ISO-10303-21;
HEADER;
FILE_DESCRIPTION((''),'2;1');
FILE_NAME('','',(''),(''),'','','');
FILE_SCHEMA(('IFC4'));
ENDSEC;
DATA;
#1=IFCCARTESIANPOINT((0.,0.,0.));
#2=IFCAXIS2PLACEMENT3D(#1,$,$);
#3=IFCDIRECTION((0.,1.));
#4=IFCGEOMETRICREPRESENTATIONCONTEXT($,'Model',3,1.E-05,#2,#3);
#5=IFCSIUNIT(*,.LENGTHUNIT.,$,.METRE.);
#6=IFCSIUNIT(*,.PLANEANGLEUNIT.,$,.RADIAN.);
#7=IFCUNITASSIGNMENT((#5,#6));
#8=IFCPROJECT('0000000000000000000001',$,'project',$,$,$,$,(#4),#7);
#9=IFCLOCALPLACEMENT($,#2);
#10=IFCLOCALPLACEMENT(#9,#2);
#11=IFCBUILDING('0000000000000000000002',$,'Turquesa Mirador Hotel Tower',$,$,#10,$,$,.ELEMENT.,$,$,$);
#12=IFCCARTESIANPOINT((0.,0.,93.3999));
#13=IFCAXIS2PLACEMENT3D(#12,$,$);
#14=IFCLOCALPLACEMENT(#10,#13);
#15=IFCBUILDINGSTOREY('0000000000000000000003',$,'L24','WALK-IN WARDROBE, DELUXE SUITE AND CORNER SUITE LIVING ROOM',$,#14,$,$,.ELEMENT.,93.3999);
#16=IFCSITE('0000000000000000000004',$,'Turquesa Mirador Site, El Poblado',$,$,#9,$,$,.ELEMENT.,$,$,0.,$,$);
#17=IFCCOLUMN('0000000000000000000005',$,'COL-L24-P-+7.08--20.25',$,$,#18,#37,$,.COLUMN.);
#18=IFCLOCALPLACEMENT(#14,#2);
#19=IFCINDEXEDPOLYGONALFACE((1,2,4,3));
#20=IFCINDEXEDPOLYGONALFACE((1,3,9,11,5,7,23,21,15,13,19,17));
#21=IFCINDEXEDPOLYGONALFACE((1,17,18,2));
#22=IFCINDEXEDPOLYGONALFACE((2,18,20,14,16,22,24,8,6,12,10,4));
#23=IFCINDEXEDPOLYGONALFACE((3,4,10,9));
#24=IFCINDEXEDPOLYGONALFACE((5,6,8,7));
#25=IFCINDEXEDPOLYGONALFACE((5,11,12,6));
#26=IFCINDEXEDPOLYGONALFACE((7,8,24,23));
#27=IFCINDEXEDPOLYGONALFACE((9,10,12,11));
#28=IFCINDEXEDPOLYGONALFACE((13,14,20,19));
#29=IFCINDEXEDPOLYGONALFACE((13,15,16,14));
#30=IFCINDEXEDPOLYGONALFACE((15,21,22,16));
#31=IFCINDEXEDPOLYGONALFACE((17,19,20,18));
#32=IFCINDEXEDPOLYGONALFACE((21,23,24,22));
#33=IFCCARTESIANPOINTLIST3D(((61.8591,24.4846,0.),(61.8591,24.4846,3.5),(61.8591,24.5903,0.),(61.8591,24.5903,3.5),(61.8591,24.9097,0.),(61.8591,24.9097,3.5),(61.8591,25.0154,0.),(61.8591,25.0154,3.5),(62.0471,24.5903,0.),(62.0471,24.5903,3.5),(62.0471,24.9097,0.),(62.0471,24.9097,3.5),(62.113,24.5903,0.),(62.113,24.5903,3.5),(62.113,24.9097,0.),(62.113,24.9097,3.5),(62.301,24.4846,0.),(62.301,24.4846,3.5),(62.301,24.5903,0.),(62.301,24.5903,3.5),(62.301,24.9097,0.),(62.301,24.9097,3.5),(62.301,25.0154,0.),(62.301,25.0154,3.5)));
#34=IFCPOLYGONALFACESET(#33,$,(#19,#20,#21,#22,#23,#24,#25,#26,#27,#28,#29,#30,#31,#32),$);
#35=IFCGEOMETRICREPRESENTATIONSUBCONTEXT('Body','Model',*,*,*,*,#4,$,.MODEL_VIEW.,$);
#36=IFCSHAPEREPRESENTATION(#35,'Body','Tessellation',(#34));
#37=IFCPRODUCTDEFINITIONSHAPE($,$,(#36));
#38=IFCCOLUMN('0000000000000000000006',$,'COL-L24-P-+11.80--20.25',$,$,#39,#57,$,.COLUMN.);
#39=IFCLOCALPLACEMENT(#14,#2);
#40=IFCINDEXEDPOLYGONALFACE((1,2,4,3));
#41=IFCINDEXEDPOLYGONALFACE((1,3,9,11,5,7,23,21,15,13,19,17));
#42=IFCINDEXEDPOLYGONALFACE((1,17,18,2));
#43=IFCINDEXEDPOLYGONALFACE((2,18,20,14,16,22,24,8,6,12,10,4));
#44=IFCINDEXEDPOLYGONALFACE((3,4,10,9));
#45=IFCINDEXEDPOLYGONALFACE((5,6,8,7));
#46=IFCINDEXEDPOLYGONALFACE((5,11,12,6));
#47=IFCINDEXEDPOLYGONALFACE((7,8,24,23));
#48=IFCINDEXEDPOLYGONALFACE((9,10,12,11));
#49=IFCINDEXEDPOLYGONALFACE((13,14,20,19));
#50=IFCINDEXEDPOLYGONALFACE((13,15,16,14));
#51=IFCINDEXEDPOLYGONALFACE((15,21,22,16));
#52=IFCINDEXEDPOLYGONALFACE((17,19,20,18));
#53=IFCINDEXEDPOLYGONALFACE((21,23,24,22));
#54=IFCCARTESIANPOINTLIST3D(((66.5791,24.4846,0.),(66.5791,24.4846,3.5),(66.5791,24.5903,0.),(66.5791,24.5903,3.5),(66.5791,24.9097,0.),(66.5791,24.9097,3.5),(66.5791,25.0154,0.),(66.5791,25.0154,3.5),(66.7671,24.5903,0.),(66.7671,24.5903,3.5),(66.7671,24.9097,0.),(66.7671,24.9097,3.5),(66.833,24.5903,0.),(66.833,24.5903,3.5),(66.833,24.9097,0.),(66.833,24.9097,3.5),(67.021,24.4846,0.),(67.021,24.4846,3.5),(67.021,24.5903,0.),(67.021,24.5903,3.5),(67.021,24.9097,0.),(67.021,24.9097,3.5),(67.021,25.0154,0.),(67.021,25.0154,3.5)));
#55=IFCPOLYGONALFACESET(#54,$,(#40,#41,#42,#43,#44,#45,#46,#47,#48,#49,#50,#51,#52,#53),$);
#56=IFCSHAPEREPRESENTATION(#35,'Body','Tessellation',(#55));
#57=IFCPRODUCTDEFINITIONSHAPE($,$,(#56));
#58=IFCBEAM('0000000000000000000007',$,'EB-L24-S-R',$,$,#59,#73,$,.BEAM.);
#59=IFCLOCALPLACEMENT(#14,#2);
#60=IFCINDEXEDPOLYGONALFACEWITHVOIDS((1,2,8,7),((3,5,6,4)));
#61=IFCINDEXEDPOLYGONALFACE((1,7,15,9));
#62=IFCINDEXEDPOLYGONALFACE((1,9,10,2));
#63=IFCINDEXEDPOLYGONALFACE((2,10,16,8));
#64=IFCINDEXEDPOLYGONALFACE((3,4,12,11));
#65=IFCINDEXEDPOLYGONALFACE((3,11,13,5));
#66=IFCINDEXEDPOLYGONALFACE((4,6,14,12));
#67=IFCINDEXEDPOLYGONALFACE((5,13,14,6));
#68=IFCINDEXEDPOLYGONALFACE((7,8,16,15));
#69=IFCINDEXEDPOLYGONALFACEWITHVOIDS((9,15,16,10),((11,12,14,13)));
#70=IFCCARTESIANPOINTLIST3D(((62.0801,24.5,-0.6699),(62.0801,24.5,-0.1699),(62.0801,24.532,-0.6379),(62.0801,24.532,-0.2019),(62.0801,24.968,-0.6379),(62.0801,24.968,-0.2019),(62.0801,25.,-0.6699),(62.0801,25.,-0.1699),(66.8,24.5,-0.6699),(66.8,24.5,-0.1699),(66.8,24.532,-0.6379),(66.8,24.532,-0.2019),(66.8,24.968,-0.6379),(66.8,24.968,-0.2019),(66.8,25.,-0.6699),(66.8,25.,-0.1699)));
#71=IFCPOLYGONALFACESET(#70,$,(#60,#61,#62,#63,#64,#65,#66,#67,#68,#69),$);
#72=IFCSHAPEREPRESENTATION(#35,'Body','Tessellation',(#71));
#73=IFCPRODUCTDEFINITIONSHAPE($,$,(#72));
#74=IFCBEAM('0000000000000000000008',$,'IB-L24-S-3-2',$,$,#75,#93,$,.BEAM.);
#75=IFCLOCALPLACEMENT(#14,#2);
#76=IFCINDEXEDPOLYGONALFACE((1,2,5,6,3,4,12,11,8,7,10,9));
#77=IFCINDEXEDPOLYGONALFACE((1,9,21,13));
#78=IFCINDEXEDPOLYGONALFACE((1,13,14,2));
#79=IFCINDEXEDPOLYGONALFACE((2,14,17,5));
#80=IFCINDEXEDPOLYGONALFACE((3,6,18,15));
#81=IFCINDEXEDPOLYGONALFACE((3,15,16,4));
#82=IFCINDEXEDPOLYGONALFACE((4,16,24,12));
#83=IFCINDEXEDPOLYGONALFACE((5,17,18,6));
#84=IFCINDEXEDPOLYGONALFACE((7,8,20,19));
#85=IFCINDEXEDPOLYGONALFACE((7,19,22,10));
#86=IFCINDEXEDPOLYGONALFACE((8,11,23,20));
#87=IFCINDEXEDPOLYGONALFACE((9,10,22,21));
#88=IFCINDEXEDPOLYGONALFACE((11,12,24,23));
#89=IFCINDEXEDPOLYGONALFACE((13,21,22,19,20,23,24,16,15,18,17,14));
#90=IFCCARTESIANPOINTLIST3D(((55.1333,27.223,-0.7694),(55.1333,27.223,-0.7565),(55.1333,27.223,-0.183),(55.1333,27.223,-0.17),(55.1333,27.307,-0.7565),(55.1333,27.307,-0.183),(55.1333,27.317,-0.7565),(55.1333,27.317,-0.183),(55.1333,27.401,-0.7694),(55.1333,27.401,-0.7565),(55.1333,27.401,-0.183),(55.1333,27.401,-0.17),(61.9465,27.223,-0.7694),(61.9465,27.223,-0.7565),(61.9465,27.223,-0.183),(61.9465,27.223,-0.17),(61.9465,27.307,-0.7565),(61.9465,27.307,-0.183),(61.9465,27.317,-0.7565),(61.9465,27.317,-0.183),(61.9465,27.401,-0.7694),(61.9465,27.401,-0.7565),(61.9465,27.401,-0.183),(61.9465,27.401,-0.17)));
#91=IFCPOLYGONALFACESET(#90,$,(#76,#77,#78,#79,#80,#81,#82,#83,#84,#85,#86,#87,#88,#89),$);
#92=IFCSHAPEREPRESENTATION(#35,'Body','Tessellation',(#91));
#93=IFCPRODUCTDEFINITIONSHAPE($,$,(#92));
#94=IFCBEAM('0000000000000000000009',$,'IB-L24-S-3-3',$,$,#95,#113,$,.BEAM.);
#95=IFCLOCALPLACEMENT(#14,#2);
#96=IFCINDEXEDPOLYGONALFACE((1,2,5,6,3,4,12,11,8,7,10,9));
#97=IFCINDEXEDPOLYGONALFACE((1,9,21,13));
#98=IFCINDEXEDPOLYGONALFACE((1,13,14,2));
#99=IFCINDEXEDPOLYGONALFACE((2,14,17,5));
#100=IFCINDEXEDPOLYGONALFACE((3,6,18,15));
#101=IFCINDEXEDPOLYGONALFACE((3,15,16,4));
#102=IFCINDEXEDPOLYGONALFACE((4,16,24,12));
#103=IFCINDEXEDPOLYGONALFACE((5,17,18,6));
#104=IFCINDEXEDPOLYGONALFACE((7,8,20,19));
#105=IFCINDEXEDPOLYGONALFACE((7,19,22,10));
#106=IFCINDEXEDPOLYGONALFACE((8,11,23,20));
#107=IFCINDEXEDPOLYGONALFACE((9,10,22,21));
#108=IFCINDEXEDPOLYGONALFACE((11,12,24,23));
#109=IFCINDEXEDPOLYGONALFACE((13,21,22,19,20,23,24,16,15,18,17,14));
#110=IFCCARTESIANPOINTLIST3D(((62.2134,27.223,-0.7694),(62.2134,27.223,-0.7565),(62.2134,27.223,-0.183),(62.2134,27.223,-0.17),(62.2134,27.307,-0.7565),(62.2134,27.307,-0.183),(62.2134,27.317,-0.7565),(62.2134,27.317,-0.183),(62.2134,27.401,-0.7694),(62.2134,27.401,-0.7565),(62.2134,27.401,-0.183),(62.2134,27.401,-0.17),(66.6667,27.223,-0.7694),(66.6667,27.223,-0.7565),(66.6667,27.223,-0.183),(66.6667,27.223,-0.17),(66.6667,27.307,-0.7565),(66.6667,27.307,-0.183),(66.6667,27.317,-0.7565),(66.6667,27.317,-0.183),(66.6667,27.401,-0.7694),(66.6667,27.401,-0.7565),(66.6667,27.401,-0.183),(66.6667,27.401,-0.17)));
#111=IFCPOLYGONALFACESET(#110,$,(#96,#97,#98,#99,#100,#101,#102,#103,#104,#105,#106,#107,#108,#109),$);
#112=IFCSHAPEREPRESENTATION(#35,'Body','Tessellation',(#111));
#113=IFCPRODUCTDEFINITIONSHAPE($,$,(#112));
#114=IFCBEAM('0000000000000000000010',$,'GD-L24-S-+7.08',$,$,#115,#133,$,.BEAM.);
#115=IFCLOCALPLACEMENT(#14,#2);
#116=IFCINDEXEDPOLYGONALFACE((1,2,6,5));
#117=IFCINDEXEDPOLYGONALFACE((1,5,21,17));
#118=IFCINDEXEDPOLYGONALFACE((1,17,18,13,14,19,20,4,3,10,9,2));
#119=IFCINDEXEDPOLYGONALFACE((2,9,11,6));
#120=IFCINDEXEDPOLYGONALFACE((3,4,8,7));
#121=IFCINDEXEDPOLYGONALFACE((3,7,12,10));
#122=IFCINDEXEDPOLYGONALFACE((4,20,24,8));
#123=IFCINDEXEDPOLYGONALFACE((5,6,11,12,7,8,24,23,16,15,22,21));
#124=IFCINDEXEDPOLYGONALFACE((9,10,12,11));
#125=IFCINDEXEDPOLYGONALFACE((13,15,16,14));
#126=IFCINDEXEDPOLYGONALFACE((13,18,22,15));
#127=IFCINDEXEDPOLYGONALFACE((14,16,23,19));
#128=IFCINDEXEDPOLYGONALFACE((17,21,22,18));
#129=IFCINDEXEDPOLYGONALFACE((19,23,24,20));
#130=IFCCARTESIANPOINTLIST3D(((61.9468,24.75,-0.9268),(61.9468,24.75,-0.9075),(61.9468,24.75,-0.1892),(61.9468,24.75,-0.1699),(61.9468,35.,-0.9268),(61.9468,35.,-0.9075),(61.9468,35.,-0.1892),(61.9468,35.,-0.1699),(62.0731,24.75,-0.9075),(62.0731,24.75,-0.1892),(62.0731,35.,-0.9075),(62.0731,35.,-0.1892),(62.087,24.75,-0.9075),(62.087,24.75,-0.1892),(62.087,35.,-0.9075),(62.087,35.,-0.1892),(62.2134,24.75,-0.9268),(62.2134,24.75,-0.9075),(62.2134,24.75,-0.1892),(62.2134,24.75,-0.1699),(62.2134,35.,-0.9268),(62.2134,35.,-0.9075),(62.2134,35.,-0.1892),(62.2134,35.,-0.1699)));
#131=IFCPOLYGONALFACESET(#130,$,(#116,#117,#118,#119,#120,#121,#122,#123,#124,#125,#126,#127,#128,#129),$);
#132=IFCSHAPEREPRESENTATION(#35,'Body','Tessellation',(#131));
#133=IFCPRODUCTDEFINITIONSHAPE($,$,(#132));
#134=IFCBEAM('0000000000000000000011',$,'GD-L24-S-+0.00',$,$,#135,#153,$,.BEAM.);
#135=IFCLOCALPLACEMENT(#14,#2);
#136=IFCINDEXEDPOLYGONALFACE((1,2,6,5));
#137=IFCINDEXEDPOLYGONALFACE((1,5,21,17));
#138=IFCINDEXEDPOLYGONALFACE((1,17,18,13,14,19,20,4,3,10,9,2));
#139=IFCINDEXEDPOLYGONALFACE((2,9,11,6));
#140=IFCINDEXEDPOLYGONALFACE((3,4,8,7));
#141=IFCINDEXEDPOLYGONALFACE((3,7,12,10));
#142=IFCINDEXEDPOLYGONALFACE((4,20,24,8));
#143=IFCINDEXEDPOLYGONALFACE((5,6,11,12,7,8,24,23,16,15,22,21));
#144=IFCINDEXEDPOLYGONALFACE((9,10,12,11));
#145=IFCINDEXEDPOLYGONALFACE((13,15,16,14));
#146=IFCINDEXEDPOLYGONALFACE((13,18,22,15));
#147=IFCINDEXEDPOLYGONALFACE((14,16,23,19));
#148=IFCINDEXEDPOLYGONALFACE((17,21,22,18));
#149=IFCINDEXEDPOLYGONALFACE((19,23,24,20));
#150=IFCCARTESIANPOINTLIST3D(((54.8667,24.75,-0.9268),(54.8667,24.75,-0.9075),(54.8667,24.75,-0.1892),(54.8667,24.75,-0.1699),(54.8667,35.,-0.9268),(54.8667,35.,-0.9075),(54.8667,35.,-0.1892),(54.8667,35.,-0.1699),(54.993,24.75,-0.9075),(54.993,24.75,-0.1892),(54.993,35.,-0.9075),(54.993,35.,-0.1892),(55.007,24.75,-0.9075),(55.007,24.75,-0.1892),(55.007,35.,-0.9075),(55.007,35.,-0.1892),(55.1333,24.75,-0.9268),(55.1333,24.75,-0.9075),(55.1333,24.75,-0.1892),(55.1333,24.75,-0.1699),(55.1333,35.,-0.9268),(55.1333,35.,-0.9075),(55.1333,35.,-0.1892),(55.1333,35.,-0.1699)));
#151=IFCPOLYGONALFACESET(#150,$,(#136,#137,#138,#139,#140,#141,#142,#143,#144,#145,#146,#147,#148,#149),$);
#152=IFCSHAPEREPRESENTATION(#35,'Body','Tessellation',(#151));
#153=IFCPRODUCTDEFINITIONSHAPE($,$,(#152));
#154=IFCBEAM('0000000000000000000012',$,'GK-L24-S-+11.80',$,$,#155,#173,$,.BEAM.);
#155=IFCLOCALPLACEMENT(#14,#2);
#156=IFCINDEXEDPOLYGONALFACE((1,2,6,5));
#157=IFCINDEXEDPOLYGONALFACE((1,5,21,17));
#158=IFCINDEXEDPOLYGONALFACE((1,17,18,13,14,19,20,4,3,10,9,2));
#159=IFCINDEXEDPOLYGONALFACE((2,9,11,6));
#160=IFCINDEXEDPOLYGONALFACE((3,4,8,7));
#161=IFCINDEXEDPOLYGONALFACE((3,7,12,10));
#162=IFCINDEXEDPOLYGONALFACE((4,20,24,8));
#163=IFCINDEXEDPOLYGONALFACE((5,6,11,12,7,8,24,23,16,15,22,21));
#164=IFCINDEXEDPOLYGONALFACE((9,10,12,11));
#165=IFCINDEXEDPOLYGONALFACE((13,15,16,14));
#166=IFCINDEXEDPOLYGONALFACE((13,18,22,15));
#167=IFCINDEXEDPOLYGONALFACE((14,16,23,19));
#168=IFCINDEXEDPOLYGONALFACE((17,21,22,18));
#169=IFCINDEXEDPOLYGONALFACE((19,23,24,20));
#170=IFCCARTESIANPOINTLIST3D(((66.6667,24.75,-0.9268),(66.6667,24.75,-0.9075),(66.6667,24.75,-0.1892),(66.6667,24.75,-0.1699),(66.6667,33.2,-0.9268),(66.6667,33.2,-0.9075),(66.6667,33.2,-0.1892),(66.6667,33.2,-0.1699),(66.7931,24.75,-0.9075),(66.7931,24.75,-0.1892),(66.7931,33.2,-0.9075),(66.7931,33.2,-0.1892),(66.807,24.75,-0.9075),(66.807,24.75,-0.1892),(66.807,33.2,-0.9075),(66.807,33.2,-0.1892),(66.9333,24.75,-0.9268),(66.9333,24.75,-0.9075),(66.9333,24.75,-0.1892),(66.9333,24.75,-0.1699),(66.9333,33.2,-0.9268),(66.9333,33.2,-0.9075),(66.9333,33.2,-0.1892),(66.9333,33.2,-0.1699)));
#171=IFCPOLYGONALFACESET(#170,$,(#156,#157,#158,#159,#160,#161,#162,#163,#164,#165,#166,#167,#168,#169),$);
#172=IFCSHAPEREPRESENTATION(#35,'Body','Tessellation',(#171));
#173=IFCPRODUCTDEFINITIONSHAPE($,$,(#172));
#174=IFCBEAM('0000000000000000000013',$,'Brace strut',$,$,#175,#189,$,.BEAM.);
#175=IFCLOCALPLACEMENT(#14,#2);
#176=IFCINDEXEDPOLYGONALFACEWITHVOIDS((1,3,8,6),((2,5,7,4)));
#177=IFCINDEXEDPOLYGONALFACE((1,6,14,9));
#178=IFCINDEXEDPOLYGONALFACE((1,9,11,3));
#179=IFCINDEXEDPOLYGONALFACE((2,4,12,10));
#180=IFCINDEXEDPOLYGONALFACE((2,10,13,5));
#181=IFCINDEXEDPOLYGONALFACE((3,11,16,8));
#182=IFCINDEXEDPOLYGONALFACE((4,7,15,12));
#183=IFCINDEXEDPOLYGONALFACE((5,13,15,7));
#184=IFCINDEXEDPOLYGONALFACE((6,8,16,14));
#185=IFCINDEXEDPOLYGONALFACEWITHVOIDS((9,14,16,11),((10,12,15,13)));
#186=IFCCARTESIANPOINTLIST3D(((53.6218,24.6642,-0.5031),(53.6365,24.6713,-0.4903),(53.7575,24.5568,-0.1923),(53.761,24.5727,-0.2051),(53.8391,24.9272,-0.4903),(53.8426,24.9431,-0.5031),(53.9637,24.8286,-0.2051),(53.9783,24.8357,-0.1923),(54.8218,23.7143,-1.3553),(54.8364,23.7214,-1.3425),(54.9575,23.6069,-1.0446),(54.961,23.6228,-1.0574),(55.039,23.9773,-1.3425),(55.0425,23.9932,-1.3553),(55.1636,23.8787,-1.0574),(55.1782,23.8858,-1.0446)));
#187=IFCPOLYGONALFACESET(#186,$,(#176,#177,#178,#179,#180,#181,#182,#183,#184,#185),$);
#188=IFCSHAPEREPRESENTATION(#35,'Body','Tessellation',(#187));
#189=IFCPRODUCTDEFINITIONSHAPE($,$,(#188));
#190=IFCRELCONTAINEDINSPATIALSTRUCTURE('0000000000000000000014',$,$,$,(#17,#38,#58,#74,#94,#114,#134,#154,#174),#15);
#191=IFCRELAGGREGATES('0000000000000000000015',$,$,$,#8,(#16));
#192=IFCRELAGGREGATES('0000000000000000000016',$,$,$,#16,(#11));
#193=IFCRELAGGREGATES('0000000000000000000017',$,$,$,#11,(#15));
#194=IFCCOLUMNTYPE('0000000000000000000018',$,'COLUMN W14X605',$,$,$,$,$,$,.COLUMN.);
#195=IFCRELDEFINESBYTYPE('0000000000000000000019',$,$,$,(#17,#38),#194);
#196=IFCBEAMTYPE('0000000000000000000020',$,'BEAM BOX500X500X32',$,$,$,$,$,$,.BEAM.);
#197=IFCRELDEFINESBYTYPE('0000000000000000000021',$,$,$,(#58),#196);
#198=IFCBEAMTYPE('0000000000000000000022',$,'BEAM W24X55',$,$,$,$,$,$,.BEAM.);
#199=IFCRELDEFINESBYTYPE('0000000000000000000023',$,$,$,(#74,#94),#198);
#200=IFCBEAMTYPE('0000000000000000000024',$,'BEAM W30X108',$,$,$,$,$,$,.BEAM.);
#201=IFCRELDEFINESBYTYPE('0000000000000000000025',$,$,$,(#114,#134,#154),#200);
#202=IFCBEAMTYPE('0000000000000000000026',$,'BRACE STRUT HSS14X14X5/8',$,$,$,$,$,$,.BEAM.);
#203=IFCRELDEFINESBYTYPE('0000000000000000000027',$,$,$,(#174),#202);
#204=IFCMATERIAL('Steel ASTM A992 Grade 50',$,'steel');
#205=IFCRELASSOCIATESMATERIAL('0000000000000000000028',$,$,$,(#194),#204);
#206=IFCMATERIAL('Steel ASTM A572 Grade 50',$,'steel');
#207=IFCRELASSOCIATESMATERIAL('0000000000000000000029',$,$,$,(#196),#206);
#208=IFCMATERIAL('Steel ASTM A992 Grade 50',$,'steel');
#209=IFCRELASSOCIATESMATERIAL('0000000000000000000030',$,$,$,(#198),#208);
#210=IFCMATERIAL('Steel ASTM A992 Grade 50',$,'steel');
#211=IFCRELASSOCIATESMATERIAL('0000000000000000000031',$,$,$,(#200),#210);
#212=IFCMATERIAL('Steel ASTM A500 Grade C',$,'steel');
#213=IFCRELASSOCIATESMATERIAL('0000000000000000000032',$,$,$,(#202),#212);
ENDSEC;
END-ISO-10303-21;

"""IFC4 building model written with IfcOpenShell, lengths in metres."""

from ifc_helpers import new_model, si_unit, direction, frame, origin, origin_2d, place, context, subcontext, project, spatial, hollow_rectangle, i_section, extrude, material, material_profile, profile_set, type_object, element, save


model = new_model("IFC4")

# Units and contexts
model_context = context("Model", 3, precision=1e-05, world=origin(), true_north=direction((0.0, 1.0)))
body_context = subcontext(model_context, "Body", "Model", "MODEL_VIEW")
ifc_project = project(units=[si_unit("LENGTHUNIT", "METRE"), si_unit("PLANEANGLEUNIT", "RADIAN")], contexts=[model_context])

# Site, building, storey
site_placement = place(None, origin())
site = spatial("IfcSite", under=ifc_project, at=site_placement, Name="Turquesa Mirador Site, El Poblado", CompositionType="ELEMENT", RefElevation=0.0)
building_placement = place(site_placement, origin())
building = spatial("IfcBuilding", under=site, at=building_placement, Name="Turquesa Mirador Hotel Tower", CompositionType="ELEMENT")
storey_placement = place(building_placement, frame((0.0, 0.0, 93.3999)))
storey = spatial("IfcBuildingStorey", under=building, at=storey_placement, Name="L24", Description="WALK-IN WARDROBE, DELUXE SUITE AND CORNER SUITE LIVING ROOM", CompositionType="ELEMENT", Elevation=93.3999)

# Columns
ifc_material_1 = material(Name="Steel ASTM A992 Grade 50", Category="steel")
ifc_material_profile_1 = material_profile(ifc_material_1, i_section(OverallWidth=0.4419, OverallDepth=0.5308, WebThickness=0.0659, FlangeThickness=0.1057, at=origin_2d()), Name="W14X605")
ifc_profile_set_1 = profile_set([ifc_material_profile_1], Name="Steel ASTM A992 Grade 50")
column_type = type_object("IfcColumnType", Name="COLUMN W14X605", PredefinedType="COLUMN", material=ifc_profile_set_1)
for number, where, z_axis, x_axis, name in (
    (1, (62.0801, 24.75, 0.0), (0.0, 0.0, 1.0), (1.0, 0.0, 0.0), "COL-L24-P-+7.08--20.25"),
    (2, (66.8, 24.75, 0.0), (0.0, 0.0, 1.0), (1.0, 0.0, 0.0), "COL-L24-P-+11.80--20.25"),
):
    element("IfcColumn", number, at=place(storey_placement, frame(where, z_axis=z_axis, x_axis=x_axis)), inside=storey, type_object=column_type, Name=name, PredefinedType="COLUMN", context=body_context, shape_type="SweptSolid", body=[
        extrude(i_section(OverallWidth=0.4419, OverallDepth=0.5308, WebThickness=0.0659, FlangeThickness=0.1057, at=origin_2d()), origin(), (0.0, 0.0, 1.0), 3.5),
    ])

# Beams
ifc_material_2 = material(Name="Steel ASTM A572 Grade 50", Category="steel")
ifc_material_profile_2 = material_profile(ifc_material_2, hollow_rectangle(XDim=0.5, YDim=0.5, WallThickness=0.032, at=origin_2d()), Name="BOX500X500X32")
ifc_profile_set_2 = profile_set([ifc_material_profile_2], Name="Steel ASTM A572 Grade 50")
beam_type_1 = type_object("IfcBeamType", Name="BEAM BOX500X500X32", PredefinedType="BEAM", material=ifc_profile_set_2)
beam_1_placement = place(storey_placement, frame((62.0801, 24.75, -0.4199), z_axis=(1.0, 0.0, 0.0), x_axis=(0.0, 1.0, 0.0)))
element("IfcBeam", 3, at=beam_1_placement, inside=storey, type_object=beam_type_1, Name="EB-L24-S-R", PredefinedType="BEAM", context=body_context, shape_type="SweptSolid", body=[
    extrude(hollow_rectangle(XDim=0.5, YDim=0.5, WallThickness=0.032, at=origin_2d()), origin(), (0.0, 0.0, 1.0), 4.72),
])
ifc_material_3 = material(Name="Steel ASTM A992 Grade 50", Category="steel")
ifc_material_profile_3 = material_profile(ifc_material_3, i_section(OverallWidth=0.178, OverallDepth=0.5994, WebThickness=0.01, FlangeThickness=0.0129, at=origin_2d()), Name="W24X55")
ifc_profile_set_3 = profile_set([ifc_material_profile_3], Name="Steel ASTM A992 Grade 50")
beam_type_2 = type_object("IfcBeamType", Name="BEAM W24X55", PredefinedType="BEAM", material=ifc_profile_set_3)
beam_2_placement = place(storey_placement, frame((55.1333, 27.312, -0.4697), z_axis=(1.0, 0.0, 0.0), x_axis=(0.0, 1.0, 0.0)))
element("IfcBeam", 4, at=beam_2_placement, inside=storey, type_object=beam_type_2, Name="IB-L24-S-3-2", PredefinedType="BEAM", context=body_context, shape_type="SweptSolid", body=[
    extrude(i_section(OverallWidth=0.178, OverallDepth=0.5994, WebThickness=0.01, FlangeThickness=0.0129, at=origin_2d()), origin(), (0.0, 0.0, 1.0), 6.8132),
])
beam_3_placement = place(storey_placement, frame((62.2134, 27.312, -0.4697), z_axis=(1.0, 0.0, 0.0), x_axis=(0.0, 1.0, 0.0)))
element("IfcBeam", 5, at=beam_3_placement, inside=storey, type_object=beam_type_2, Name="IB-L24-S-3-3", PredefinedType="BEAM", context=body_context, shape_type="SweptSolid", body=[
    extrude(i_section(OverallWidth=0.178, OverallDepth=0.5994, WebThickness=0.01, FlangeThickness=0.0129, at=origin_2d()), origin(), (0.0, 0.0, 1.0), 4.4534),
])
ifc_material_4 = material(Name="Steel ASTM A992 Grade 50", Category="steel")
ifc_material_profile_4 = material_profile(ifc_material_4, i_section(OverallWidth=0.2666, OverallDepth=0.7568, WebThickness=0.0139, FlangeThickness=0.0193, at=origin_2d()), Name="W30X108")
ifc_profile_set_4 = profile_set([ifc_material_profile_4], Name="Steel ASTM A992 Grade 50")
beam_type_3 = type_object("IfcBeamType", Name="BEAM W30X108", PredefinedType="BEAM", material=ifc_profile_set_4)
for number, where, z_axis, x_axis, name in (
    (6, (62.0801, 24.75, -0.5483), (0.0, 1.0, 0.0), (-1.0, 0.0, 0.0), "GD-L24-S-+7.08"),
    (7, (55.0, 24.75, -0.5483), (0.0, 1.0, 0.0), (-1.0, 0.0, 0.0), "GD-L24-S-+0.00"),
):
    element("IfcBeam", number, at=place(storey_placement, frame(where, z_axis=z_axis, x_axis=x_axis)), inside=storey, type_object=beam_type_3, Name=name, PredefinedType="BEAM", context=body_context, shape_type="SweptSolid", body=[
        extrude(i_section(OverallWidth=0.2666, OverallDepth=0.7568, WebThickness=0.0139, FlangeThickness=0.0193, at=origin_2d()), origin(), (0.0, 0.0, 1.0), 10.25),
    ])
beam_4_placement = place(storey_placement, frame((66.8, 24.75, -0.5483), z_axis=(0.0, 1.0, 0.0), x_axis=(-1.0, 0.0, 0.0)))
element("IfcBeam", 8, at=beam_4_placement, inside=storey, type_object=beam_type_3, Name="GK-L24-S-+11.80", PredefinedType="BEAM", context=body_context, shape_type="SweptSolid", body=[
    extrude(i_section(OverallWidth=0.2666, OverallDepth=0.7568, WebThickness=0.0139, FlangeThickness=0.0193, at=origin_2d()), origin(), (0.0, 0.0, 1.0), 8.45),
])
ifc_material_5 = material(Name="Steel ASTM A500 Grade C", Category="steel")
ifc_material_profile_5 = material_profile(ifc_material_5, hollow_rectangle(XDim=0.3557, YDim=0.3557, WallThickness=0.0146, at=origin_2d()), Name="HSS14X14X5/8")
ifc_profile_set_5 = profile_set([ifc_material_profile_5], Name="Steel ASTM A500 Grade C")
beam_type_4 = type_object("IfcBeamType", Name="BRACE STRUT HSS14X14X5/8", PredefinedType="BEAM", material=ifc_profile_set_5)
for number, where, z_axis, x_axis, name in (
    (9, (55.0, 23.8, -1.2), (-0.684994, 0.542281, 0.486534), (-0.620699, -0.784049, 0.0), "Brace strut"),
):
    element("IfcBeam", number, at=place(storey_placement, frame(where, z_axis=z_axis, x_axis=x_axis)), inside=storey, type_object=beam_type_4, Name=name, PredefinedType="BEAM", context=body_context, shape_type="SweptSolid", body=[
        extrude(hollow_rectangle(XDim=0.3557, YDim=0.3557, WallThickness=0.0146, at=origin_2d()), origin(), (0.0, 0.0, 1.0), 1.7517),
    ])

save(model, "model.ifc")
